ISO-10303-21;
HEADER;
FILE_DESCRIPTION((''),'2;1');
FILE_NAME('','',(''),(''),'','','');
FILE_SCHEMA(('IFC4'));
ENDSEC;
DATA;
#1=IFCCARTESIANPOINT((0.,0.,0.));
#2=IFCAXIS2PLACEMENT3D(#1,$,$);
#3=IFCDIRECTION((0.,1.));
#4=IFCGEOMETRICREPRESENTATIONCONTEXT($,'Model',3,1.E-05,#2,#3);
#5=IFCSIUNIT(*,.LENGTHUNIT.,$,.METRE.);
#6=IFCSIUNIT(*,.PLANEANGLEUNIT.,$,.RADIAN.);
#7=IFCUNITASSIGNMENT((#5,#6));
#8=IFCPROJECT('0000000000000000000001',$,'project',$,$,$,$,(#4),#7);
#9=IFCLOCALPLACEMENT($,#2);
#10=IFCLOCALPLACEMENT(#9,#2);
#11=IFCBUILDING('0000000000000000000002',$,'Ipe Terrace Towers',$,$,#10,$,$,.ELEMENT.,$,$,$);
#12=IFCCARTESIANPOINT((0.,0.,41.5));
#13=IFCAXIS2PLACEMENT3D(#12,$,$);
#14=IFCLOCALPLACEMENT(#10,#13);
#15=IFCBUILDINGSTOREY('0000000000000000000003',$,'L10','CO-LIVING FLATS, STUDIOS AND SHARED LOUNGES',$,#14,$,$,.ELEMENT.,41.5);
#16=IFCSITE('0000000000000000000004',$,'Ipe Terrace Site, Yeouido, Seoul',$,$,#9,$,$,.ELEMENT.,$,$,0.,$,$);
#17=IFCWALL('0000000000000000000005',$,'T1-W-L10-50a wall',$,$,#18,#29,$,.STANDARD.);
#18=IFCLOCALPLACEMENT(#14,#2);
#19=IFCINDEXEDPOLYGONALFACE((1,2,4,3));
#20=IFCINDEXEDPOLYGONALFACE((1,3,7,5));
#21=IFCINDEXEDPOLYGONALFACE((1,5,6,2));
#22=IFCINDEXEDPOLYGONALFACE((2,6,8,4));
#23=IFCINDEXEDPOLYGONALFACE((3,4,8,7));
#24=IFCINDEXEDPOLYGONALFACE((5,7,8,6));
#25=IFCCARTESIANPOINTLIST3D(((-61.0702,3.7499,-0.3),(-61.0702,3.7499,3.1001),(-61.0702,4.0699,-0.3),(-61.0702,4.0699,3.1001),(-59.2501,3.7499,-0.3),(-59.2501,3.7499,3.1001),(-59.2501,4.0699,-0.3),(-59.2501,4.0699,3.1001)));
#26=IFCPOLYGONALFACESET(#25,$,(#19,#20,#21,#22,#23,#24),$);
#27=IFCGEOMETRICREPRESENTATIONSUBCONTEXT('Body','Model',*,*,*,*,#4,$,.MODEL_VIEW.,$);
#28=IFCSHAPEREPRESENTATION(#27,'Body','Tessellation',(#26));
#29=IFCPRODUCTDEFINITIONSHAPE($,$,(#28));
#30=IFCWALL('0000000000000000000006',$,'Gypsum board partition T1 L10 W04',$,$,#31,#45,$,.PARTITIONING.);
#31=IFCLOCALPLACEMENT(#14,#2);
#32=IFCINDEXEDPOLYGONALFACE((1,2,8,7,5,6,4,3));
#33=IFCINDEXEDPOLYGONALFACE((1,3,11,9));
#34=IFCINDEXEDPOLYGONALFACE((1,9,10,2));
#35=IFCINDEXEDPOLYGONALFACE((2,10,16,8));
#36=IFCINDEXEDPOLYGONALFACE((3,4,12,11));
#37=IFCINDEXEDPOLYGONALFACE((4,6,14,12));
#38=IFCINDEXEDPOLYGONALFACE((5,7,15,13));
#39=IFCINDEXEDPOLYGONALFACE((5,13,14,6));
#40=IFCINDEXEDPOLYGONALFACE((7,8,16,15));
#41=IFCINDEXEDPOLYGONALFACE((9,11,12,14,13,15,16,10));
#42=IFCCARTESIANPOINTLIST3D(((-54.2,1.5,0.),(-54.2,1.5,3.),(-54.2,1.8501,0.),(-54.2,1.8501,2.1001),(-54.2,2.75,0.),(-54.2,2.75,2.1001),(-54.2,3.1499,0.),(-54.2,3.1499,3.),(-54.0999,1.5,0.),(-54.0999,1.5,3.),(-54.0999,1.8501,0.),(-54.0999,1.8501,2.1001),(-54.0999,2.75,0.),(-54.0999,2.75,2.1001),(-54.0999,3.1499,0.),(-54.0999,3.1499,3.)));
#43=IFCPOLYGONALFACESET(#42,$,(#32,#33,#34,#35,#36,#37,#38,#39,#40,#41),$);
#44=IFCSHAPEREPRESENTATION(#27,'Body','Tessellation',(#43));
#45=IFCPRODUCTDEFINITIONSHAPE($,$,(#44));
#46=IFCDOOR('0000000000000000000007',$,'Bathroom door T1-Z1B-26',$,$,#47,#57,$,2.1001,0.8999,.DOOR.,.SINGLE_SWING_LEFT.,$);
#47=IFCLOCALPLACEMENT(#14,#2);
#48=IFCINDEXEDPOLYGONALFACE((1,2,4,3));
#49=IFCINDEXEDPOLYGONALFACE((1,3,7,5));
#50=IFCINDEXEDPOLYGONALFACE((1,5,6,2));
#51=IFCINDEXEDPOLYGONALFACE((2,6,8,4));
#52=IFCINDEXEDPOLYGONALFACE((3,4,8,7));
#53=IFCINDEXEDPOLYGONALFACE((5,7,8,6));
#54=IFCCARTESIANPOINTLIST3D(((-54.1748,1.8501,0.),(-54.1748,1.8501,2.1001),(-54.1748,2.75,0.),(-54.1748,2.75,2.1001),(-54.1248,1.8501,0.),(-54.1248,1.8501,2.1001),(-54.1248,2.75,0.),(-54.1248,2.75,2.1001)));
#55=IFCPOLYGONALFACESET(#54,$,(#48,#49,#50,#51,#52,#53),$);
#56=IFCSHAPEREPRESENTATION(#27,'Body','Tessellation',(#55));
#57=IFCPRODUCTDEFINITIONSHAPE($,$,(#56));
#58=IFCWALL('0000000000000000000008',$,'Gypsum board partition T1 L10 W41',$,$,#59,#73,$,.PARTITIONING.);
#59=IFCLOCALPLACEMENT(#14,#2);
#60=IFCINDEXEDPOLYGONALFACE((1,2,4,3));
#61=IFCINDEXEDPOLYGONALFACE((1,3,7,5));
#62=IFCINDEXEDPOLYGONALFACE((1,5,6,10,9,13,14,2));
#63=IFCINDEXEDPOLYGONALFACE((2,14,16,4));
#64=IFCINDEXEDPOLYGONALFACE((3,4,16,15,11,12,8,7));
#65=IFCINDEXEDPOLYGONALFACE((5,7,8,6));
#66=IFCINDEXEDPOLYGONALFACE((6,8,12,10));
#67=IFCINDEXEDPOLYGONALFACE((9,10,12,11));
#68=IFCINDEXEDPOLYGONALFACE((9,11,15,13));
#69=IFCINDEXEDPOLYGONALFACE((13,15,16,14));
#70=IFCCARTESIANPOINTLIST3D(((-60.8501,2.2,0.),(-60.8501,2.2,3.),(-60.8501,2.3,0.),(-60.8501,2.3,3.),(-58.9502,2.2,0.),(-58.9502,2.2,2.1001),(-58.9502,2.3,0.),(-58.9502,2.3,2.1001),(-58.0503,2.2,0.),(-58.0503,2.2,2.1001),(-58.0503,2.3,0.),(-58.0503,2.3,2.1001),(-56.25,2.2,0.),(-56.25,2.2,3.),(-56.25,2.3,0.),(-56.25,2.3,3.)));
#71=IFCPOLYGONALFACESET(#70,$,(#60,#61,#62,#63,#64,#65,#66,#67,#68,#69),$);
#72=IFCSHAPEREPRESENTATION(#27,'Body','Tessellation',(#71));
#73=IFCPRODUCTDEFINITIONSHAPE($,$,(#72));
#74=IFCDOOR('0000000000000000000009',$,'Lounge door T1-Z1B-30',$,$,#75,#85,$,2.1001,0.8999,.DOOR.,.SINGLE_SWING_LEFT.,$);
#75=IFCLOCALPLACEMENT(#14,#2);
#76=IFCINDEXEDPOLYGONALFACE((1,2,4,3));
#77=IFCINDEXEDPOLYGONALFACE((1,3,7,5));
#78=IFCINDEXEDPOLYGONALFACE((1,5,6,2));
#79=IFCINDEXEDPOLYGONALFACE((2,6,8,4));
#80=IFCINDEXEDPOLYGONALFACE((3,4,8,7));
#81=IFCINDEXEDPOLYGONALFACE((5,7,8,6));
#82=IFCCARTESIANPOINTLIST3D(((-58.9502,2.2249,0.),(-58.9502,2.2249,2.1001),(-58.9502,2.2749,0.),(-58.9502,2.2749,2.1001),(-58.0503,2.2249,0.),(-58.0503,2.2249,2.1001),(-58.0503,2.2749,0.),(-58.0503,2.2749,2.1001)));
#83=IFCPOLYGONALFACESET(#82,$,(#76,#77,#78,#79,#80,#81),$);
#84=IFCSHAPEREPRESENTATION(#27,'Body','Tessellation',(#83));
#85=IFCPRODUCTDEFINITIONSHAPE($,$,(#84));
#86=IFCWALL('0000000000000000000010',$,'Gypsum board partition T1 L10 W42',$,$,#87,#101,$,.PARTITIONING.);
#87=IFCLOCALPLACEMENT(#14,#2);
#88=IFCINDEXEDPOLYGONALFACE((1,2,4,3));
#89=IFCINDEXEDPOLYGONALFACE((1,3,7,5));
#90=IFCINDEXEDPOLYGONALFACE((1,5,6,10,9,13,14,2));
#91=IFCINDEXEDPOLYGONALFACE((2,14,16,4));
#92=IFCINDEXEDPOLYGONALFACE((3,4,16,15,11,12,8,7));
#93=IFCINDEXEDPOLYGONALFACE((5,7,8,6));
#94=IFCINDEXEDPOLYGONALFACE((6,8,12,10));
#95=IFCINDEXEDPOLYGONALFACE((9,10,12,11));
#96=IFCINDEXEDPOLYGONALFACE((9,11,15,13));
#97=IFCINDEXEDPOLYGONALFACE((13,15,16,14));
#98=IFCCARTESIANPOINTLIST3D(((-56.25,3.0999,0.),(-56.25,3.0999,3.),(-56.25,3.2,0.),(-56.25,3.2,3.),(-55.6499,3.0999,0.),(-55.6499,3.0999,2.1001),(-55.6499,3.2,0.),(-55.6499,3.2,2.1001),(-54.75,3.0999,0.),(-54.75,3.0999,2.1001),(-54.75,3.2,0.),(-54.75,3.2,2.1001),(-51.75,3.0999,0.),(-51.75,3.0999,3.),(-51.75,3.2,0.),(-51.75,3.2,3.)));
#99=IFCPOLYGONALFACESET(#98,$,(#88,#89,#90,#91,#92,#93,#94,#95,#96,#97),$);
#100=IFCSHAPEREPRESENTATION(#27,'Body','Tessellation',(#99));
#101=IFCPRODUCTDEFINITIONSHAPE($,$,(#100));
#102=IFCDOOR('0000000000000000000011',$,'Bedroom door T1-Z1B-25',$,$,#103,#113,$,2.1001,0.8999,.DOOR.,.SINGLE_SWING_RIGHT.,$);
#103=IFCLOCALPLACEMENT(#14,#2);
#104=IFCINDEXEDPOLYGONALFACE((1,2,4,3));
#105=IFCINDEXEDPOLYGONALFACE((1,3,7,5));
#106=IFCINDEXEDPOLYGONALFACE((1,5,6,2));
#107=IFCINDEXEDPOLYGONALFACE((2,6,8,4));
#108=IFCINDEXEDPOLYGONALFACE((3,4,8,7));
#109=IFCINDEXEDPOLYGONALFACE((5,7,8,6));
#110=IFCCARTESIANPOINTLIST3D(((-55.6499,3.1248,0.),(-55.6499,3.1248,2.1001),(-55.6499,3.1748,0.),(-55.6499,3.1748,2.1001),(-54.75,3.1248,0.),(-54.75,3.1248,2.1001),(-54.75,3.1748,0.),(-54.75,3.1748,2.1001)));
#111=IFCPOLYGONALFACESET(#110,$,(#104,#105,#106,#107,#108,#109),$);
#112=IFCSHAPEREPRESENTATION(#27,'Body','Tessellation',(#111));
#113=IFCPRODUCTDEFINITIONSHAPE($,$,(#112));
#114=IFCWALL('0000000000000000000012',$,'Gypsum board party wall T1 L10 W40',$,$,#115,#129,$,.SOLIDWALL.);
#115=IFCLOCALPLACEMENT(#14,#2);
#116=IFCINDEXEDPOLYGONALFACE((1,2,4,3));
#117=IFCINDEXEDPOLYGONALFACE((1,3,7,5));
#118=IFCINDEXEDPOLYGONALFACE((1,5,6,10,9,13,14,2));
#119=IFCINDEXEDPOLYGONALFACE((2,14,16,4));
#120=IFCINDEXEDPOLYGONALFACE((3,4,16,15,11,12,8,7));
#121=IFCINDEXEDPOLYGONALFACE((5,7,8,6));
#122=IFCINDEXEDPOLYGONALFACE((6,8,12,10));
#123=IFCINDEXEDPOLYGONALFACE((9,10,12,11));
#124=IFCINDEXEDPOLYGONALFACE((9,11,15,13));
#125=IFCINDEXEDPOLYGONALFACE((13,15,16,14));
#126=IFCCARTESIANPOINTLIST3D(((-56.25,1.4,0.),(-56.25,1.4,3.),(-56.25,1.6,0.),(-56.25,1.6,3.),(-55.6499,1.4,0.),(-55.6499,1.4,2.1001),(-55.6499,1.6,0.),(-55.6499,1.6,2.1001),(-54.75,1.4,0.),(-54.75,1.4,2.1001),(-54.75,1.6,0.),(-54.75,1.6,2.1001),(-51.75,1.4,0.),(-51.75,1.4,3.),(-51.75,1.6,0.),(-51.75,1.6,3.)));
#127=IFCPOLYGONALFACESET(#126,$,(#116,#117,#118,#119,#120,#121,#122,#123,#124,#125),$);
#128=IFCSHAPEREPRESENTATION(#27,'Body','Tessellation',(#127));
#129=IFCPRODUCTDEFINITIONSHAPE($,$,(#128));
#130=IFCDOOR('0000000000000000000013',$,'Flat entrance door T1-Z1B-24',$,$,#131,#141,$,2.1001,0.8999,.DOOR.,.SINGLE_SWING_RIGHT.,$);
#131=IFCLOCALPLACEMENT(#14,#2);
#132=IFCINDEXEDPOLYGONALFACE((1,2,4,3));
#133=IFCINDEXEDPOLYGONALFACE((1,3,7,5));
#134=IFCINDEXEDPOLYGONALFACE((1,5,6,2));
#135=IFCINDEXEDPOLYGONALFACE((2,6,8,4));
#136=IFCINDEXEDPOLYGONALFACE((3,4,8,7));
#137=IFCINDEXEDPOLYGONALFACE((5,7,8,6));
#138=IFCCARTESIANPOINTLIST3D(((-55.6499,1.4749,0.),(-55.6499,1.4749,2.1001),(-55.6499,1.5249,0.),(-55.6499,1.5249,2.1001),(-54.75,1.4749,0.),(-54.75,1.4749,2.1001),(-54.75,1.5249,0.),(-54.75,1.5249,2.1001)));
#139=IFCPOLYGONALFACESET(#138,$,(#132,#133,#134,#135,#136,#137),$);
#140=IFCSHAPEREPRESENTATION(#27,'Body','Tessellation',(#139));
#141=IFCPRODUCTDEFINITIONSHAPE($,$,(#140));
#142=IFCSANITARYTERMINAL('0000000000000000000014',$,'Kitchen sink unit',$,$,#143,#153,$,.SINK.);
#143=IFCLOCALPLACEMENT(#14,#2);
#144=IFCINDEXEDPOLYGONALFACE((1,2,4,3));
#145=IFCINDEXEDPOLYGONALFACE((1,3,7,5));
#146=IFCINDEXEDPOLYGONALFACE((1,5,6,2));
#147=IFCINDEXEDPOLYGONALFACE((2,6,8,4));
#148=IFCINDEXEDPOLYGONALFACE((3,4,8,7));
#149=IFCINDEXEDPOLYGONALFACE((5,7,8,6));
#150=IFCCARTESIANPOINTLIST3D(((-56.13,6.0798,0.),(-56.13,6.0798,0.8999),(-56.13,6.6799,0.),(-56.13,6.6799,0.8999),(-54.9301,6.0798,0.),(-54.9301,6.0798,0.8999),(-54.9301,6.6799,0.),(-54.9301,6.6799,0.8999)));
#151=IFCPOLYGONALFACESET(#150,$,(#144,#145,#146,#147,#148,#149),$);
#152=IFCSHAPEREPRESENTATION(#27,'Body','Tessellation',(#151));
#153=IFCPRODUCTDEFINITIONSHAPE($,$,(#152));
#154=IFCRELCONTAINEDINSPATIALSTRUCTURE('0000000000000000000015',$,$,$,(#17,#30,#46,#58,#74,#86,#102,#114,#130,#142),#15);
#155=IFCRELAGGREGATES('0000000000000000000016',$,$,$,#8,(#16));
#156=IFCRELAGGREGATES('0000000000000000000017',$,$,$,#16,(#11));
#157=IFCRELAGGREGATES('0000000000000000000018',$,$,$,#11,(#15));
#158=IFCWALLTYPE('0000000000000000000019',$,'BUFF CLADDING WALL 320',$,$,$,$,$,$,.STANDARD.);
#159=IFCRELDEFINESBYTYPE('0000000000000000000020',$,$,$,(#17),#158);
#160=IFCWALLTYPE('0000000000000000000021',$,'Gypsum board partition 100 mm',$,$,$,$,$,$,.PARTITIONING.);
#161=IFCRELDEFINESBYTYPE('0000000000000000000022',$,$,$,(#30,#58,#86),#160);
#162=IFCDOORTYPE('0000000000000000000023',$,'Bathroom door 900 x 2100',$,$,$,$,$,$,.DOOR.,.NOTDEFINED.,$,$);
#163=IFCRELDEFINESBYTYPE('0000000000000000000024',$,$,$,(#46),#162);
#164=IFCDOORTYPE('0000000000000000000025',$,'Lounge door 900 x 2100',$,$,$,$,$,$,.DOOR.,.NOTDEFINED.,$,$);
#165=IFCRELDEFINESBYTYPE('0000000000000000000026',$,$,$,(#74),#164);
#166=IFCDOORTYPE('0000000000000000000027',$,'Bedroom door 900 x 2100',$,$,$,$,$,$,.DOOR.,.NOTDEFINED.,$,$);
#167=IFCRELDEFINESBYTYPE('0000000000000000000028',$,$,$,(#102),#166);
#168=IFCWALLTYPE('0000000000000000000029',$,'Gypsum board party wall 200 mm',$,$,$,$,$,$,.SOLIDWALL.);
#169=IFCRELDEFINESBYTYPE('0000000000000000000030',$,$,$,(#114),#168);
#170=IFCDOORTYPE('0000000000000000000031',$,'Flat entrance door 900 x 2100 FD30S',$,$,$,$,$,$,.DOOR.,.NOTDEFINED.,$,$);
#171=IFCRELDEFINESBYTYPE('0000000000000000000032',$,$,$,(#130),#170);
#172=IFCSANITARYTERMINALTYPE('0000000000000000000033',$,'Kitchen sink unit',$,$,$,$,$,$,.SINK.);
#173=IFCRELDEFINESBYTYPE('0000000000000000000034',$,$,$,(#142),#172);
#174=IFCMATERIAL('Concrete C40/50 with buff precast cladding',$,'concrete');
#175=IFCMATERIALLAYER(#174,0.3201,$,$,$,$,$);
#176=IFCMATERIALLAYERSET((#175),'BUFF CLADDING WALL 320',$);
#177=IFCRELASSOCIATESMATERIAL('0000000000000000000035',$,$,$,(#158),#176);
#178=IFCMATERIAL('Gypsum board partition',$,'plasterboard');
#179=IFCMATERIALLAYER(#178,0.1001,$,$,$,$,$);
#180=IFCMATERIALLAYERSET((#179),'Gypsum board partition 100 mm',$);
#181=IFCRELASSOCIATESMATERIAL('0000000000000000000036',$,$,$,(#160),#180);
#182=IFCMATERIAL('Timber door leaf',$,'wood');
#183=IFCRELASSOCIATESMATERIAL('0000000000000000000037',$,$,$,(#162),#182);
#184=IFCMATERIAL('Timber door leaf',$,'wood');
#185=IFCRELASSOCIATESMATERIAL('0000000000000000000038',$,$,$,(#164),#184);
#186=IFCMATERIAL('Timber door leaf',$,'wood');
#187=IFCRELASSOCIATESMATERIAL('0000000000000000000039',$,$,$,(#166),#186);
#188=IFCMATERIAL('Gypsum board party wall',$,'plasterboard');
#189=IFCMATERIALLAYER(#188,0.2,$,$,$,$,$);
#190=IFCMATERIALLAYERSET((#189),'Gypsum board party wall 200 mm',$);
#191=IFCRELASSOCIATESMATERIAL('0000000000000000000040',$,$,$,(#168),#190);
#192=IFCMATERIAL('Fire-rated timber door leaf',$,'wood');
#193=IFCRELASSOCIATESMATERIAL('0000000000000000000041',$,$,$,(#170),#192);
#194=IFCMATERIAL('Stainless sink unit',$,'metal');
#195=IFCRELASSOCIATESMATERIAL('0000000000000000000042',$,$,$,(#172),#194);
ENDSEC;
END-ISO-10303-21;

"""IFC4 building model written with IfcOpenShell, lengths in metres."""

from ifc_helpers import new_model, si_unit, direction, frame, frame_2d, origin, origin_2d, place, context, subcontext, project, spatial, rectangle, extrude, material, layer, layer_set, type_object, element, fill, save


model = new_model("IFC4")

# Units and contexts
model_context = context("Model", 3, precision=1e-05, world=origin(), true_north=direction((0.0, 1.0)))
body_context = subcontext(model_context, "Body", "Model", "MODEL_VIEW")
ifc_project = project(units=[si_unit("LENGTHUNIT", "METRE"), si_unit("PLANEANGLEUNIT", "RADIAN")], contexts=[model_context])

# Site, building, storey
site_placement = place(None, origin())
site = spatial("IfcSite", under=ifc_project, at=site_placement, Name="Ipe Terrace Site, Yeouido, Seoul", CompositionType="ELEMENT", RefElevation=0.0)
building_placement = place(site_placement, origin())
building = spatial("IfcBuilding", under=site, at=building_placement, Name="Ipe Terrace Towers", CompositionType="ELEMENT")
storey_placement = place(building_placement, frame((0.0, 0.0, 41.5)))
storey = spatial("IfcBuildingStorey", under=building, at=storey_placement, Name="L10", Description="CO-LIVING FLATS, STUDIOS AND SHARED LOUNGES", CompositionType="ELEMENT", Elevation=41.5)

# Wall
ifc_material_1 = material(Name="Concrete C40/50 with buff precast cladding", Category="concrete")
ifc_layer_1 = layer(ifc_material_1, 0.3201)
ifc_layer_set_1 = layer_set([ifc_layer_1], Name="BUFF CLADDING WALL 320")
wall_type_1 = type_object("IfcWallType", Name="BUFF CLADDING WALL 320", PredefinedType="STANDARD", material=ifc_layer_set_1)
wall_1_placement = place(storey_placement, frame((-59.25, 3.9099, -0.3), z_axis=(0.0, 0.0, 1.0), x_axis=(-1.0, 0.0, 0.0)))
element("IfcWall", 1, at=wall_1_placement, inside=storey, type_object=wall_type_1, Name="T1-W-L10-50a wall", PredefinedType="STANDARD", context=body_context, shape_type="SweptSolid", body=[
    extrude(rectangle(XDim=1.8201, YDim=0.3201, at=frame_2d((0.9102, 0.0))), origin(), (0.0, 0.0, 1.0), 3.4001),
])

# Walls, openings, doors
ifc_material_2 = material(Name="Gypsum board partition", Category="plasterboard")
ifc_layer_2 = layer(ifc_material_2, 0.1001)
ifc_layer_set_2 = layer_set([ifc_layer_2], Name="Gypsum board partition 100 mm")
wall_type_2 = type_object("IfcWallType", Name="Gypsum board partition 100 mm", PredefinedType="PARTITIONING", material=ifc_layer_set_2)
wall_2_placement = place(storey_placement, frame((-54.1499, 1.5, 0.0), z_axis=(0.0, 0.0, 1.0), x_axis=(0.0, 1.0, 0.0)))
wall_2 = element("IfcWall", 2, at=wall_2_placement, inside=storey, type_object=wall_type_2, Name="Gypsum board partition T1 L10 W04", PredefinedType="PARTITIONING", context=body_context, shape_type="SweptSolid", body=[
    extrude(rectangle(XDim=1.6499, YDim=0.1001, at=frame_2d((0.825, 0.0))), origin(), (0.0, 0.0, 1.0), 3.0),
])
opening_1_placement = place(wall_2_placement, frame((0.3501, 0.0, 0.0)))
opening_1 = element("IfcOpeningElement", 3, at=opening_1_placement, cuts=wall_2, PredefinedType="OPENING", context=body_context, shape_type="SweptSolid", body=[
    extrude(rectangle(XDim=0.8999, YDim=2.1001, at=frame_2d((0.45, 1.05))), frame((0.0, 0.0601, 0.0), z_axis=(0.0, -1.0, 0.0), x_axis=(1.0, 0.0, 0.0)), (0.0, 0.0, 1.0), 0.1201),
])
ifc_material_3 = material(Name="Timber door leaf", Category="wood")
door_type_1 = type_object("IfcDoorType", Name="Bathroom door 900 x 2100", OperationType="NOTDEFINED", PredefinedType="DOOR", material=ifc_material_3)
door_1_placement = place(opening_1_placement, origin())
door_1 = element("IfcDoor", 4, at=door_1_placement, inside=storey, type_object=door_type_1, Name="Bathroom door T1-Z1B-26", OperationType="SINGLE_SWING_LEFT", OverallHeight=2.1001, OverallWidth=0.8999, PredefinedType="DOOR", context=body_context, shape_type="SweptSolid", body=[
    extrude(rectangle(XDim=0.8999, YDim=2.1001, at=frame_2d((0.45, 1.05))), frame((0.0, 0.0249, 0.0), z_axis=(0.0, -1.0, 0.0), x_axis=(1.0, 0.0, 0.0)), (0.0, 0.0, 1.0), 0.05),
])
fill(opening_1, door_1)
wall_3_placement = place(storey_placement, frame((-60.8501, 2.25, 0.0), z_axis=(0.0, 0.0, 1.0), x_axis=(1.0, 0.0, 0.0)))
wall_3 = element("IfcWall", 5, at=wall_3_placement, inside=storey, type_object=wall_type_2, Name="Gypsum board partition T1 L10 W41", PredefinedType="PARTITIONING", context=body_context, shape_type="SweptSolid", body=[
    extrude(rectangle(XDim=4.6001, YDim=0.1001, at=frame_2d((2.3, 0.0))), origin(), (0.0, 0.0, 1.0), 3.0),
])
opening_2_placement = place(wall_3_placement, frame((1.8999, 0.0, 0.0)))
opening_2 = element("IfcOpeningElement", 6, at=opening_2_placement, cuts=wall_3, PredefinedType="OPENING", context=body_context, shape_type="SweptSolid", body=[
    extrude(rectangle(XDim=0.8999, YDim=2.1001, at=frame_2d((0.45, 1.05))), frame((0.0, 0.0601, 0.0), z_axis=(0.0, -1.0, 0.0), x_axis=(1.0, 0.0, 0.0)), (0.0, 0.0, 1.0), 0.1201),
])
ifc_material_4 = material(Name="Timber door leaf", Category="wood")
door_type_2 = type_object("IfcDoorType", Name="Lounge door 900 x 2100", OperationType="NOTDEFINED", PredefinedType="DOOR", material=ifc_material_4)
door_2_placement = place(opening_2_placement, origin())
door_2 = element("IfcDoor", 7, at=door_2_placement, inside=storey, type_object=door_type_2, Name="Lounge door T1-Z1B-30", OperationType="SINGLE_SWING_LEFT", OverallHeight=2.1001, OverallWidth=0.8999, PredefinedType="DOOR", context=body_context, shape_type="SweptSolid", body=[
    extrude(rectangle(XDim=0.8999, YDim=2.1001, at=frame_2d((0.45, 1.05))), frame((0.0, 0.0249, 0.0), z_axis=(0.0, -1.0, 0.0), x_axis=(1.0, 0.0, 0.0)), (0.0, 0.0, 1.0), 0.05),
])
fill(opening_2, door_2)
wall_4_placement = place(storey_placement, frame((-56.25, 3.1499, 0.0), z_axis=(0.0, 0.0, 1.0), x_axis=(1.0, 0.0, 0.0)))
wall_4 = element("IfcWall", 8, at=wall_4_placement, inside=storey, type_object=wall_type_2, Name="Gypsum board partition T1 L10 W42", PredefinedType="PARTITIONING", context=body_context, shape_type="SweptSolid", body=[
    extrude(rectangle(XDim=4.5, YDim=0.1001, at=frame_2d((2.25, 0.0))), origin(), (0.0, 0.0, 1.0), 3.0),
])
opening_3_placement = place(wall_4_placement, frame((0.6001, 0.0, 0.0)))
opening_3 = element("IfcOpeningElement", 9, at=opening_3_placement, cuts=wall_4, PredefinedType="OPENING", context=body_context, shape_type="SweptSolid", body=[
    extrude(rectangle(XDim=0.8999, YDim=2.1001, at=frame_2d((0.45, 1.05))), frame((0.0, 0.0601, 0.0), z_axis=(0.0, -1.0, 0.0), x_axis=(1.0, 0.0, 0.0)), (0.0, 0.0, 1.0), 0.1201),
])
ifc_material_5 = material(Name="Timber door leaf", Category="wood")
door_type_3 = type_object("IfcDoorType", Name="Bedroom door 900 x 2100", OperationType="NOTDEFINED", PredefinedType="DOOR", material=ifc_material_5)
door_3_placement = place(opening_3_placement, origin())
door_3 = element("IfcDoor", 10, at=door_3_placement, inside=storey, type_object=door_type_3, Name="Bedroom door T1-Z1B-25", OperationType="SINGLE_SWING_RIGHT", OverallHeight=2.1001, OverallWidth=0.8999, PredefinedType="DOOR", context=body_context, shape_type="SweptSolid", body=[
    extrude(rectangle(XDim=0.8999, YDim=2.1001, at=frame_2d((0.45, 1.05))), frame((0.0, 0.0249, 0.0), z_axis=(0.0, -1.0, 0.0), x_axis=(1.0, 0.0, 0.0)), (0.0, 0.0, 1.0), 0.05),
])
fill(opening_3, door_3)
ifc_material_6 = material(Name="Gypsum board party wall", Category="plasterboard")
ifc_layer_3 = layer(ifc_material_6, 0.2)
ifc_layer_set_3 = layer_set([ifc_layer_3], Name="Gypsum board party wall 200 mm")
wall_type_3 = type_object("IfcWallType", Name="Gypsum board party wall 200 mm", PredefinedType="SOLIDWALL", material=ifc_layer_set_3)
wall_5_placement = place(storey_placement, frame((-56.25, 1.5, 0.0), z_axis=(0.0, 0.0, 1.0), x_axis=(1.0, 0.0, 0.0)))
wall_5 = element("IfcWall", 11, at=wall_5_placement, inside=storey, type_object=wall_type_3, Name="Gypsum board party wall T1 L10 W40", PredefinedType="SOLIDWALL", context=body_context, shape_type="SweptSolid", body=[
    extrude(rectangle(XDim=4.5, YDim=0.2, at=frame_2d((2.25, 0.0))), origin(), (0.0, 0.0, 1.0), 3.0),
])
opening_4_placement = place(wall_5_placement, frame((0.6001, 0.0, 0.0)))
opening_4 = element("IfcOpeningElement", 12, at=opening_4_placement, cuts=wall_5, PredefinedType="OPENING", context=body_context, shape_type="SweptSolid", body=[
    extrude(rectangle(XDim=0.8999, YDim=2.1001, at=frame_2d((0.45, 1.05))), frame((0.0, 0.1099, 0.0), z_axis=(0.0, -1.0, 0.0), x_axis=(1.0, 0.0, 0.0)), (0.0, 0.0, 1.0), 0.22),
])
ifc_material_7 = material(Name="Fire-rated timber door leaf", Category="wood")
door_type_4 = type_object("IfcDoorType", Name="Flat entrance door 900 x 2100 FD30S", OperationType="NOTDEFINED", PredefinedType="DOOR", material=ifc_material_7)
door_4_placement = place(opening_4_placement, origin())
door_4 = element("IfcDoor", 13, at=door_4_placement, inside=storey, type_object=door_type_4, Name="Flat entrance door T1-Z1B-24", OperationType="SINGLE_SWING_RIGHT", OverallHeight=2.1001, OverallWidth=0.8999, PredefinedType="DOOR", context=body_context, shape_type="SweptSolid", body=[
    extrude(rectangle(XDim=0.8999, YDim=2.1001, at=frame_2d((0.45, 1.05))), frame((0.0, 0.0249, 0.0), z_axis=(0.0, -1.0, 0.0), x_axis=(1.0, 0.0, 0.0)), (0.0, 0.0, 1.0), 0.05),
])
fill(opening_4, door_4)

# Sanitary terminal
ifc_material_8 = material(Name="Stainless sink unit", Category="metal")
sanitary_terminal_type = type_object("IfcSanitaryTerminalType", Name="Kitchen sink unit", PredefinedType="SINK", material=ifc_material_8)
sanitary_terminal_placement = place(storey_placement, frame((-55.53, 6.3799, 0.0), z_axis=(0.0, 0.0, 1.0), x_axis=(1.0, 0.0, 0.0)))
element("IfcSanitaryTerminal", 14, at=sanitary_terminal_placement, inside=storey, type_object=sanitary_terminal_type, Name="Kitchen sink unit", PredefinedType="SINK", context=body_context, shape_type="SweptSolid", body=[
    extrude(rectangle(XDim=1.2, YDim=0.6001, at=origin_2d()), origin(), (0.0, 0.0, 1.0), 0.8999),
])

save(model, "model.ifc")
